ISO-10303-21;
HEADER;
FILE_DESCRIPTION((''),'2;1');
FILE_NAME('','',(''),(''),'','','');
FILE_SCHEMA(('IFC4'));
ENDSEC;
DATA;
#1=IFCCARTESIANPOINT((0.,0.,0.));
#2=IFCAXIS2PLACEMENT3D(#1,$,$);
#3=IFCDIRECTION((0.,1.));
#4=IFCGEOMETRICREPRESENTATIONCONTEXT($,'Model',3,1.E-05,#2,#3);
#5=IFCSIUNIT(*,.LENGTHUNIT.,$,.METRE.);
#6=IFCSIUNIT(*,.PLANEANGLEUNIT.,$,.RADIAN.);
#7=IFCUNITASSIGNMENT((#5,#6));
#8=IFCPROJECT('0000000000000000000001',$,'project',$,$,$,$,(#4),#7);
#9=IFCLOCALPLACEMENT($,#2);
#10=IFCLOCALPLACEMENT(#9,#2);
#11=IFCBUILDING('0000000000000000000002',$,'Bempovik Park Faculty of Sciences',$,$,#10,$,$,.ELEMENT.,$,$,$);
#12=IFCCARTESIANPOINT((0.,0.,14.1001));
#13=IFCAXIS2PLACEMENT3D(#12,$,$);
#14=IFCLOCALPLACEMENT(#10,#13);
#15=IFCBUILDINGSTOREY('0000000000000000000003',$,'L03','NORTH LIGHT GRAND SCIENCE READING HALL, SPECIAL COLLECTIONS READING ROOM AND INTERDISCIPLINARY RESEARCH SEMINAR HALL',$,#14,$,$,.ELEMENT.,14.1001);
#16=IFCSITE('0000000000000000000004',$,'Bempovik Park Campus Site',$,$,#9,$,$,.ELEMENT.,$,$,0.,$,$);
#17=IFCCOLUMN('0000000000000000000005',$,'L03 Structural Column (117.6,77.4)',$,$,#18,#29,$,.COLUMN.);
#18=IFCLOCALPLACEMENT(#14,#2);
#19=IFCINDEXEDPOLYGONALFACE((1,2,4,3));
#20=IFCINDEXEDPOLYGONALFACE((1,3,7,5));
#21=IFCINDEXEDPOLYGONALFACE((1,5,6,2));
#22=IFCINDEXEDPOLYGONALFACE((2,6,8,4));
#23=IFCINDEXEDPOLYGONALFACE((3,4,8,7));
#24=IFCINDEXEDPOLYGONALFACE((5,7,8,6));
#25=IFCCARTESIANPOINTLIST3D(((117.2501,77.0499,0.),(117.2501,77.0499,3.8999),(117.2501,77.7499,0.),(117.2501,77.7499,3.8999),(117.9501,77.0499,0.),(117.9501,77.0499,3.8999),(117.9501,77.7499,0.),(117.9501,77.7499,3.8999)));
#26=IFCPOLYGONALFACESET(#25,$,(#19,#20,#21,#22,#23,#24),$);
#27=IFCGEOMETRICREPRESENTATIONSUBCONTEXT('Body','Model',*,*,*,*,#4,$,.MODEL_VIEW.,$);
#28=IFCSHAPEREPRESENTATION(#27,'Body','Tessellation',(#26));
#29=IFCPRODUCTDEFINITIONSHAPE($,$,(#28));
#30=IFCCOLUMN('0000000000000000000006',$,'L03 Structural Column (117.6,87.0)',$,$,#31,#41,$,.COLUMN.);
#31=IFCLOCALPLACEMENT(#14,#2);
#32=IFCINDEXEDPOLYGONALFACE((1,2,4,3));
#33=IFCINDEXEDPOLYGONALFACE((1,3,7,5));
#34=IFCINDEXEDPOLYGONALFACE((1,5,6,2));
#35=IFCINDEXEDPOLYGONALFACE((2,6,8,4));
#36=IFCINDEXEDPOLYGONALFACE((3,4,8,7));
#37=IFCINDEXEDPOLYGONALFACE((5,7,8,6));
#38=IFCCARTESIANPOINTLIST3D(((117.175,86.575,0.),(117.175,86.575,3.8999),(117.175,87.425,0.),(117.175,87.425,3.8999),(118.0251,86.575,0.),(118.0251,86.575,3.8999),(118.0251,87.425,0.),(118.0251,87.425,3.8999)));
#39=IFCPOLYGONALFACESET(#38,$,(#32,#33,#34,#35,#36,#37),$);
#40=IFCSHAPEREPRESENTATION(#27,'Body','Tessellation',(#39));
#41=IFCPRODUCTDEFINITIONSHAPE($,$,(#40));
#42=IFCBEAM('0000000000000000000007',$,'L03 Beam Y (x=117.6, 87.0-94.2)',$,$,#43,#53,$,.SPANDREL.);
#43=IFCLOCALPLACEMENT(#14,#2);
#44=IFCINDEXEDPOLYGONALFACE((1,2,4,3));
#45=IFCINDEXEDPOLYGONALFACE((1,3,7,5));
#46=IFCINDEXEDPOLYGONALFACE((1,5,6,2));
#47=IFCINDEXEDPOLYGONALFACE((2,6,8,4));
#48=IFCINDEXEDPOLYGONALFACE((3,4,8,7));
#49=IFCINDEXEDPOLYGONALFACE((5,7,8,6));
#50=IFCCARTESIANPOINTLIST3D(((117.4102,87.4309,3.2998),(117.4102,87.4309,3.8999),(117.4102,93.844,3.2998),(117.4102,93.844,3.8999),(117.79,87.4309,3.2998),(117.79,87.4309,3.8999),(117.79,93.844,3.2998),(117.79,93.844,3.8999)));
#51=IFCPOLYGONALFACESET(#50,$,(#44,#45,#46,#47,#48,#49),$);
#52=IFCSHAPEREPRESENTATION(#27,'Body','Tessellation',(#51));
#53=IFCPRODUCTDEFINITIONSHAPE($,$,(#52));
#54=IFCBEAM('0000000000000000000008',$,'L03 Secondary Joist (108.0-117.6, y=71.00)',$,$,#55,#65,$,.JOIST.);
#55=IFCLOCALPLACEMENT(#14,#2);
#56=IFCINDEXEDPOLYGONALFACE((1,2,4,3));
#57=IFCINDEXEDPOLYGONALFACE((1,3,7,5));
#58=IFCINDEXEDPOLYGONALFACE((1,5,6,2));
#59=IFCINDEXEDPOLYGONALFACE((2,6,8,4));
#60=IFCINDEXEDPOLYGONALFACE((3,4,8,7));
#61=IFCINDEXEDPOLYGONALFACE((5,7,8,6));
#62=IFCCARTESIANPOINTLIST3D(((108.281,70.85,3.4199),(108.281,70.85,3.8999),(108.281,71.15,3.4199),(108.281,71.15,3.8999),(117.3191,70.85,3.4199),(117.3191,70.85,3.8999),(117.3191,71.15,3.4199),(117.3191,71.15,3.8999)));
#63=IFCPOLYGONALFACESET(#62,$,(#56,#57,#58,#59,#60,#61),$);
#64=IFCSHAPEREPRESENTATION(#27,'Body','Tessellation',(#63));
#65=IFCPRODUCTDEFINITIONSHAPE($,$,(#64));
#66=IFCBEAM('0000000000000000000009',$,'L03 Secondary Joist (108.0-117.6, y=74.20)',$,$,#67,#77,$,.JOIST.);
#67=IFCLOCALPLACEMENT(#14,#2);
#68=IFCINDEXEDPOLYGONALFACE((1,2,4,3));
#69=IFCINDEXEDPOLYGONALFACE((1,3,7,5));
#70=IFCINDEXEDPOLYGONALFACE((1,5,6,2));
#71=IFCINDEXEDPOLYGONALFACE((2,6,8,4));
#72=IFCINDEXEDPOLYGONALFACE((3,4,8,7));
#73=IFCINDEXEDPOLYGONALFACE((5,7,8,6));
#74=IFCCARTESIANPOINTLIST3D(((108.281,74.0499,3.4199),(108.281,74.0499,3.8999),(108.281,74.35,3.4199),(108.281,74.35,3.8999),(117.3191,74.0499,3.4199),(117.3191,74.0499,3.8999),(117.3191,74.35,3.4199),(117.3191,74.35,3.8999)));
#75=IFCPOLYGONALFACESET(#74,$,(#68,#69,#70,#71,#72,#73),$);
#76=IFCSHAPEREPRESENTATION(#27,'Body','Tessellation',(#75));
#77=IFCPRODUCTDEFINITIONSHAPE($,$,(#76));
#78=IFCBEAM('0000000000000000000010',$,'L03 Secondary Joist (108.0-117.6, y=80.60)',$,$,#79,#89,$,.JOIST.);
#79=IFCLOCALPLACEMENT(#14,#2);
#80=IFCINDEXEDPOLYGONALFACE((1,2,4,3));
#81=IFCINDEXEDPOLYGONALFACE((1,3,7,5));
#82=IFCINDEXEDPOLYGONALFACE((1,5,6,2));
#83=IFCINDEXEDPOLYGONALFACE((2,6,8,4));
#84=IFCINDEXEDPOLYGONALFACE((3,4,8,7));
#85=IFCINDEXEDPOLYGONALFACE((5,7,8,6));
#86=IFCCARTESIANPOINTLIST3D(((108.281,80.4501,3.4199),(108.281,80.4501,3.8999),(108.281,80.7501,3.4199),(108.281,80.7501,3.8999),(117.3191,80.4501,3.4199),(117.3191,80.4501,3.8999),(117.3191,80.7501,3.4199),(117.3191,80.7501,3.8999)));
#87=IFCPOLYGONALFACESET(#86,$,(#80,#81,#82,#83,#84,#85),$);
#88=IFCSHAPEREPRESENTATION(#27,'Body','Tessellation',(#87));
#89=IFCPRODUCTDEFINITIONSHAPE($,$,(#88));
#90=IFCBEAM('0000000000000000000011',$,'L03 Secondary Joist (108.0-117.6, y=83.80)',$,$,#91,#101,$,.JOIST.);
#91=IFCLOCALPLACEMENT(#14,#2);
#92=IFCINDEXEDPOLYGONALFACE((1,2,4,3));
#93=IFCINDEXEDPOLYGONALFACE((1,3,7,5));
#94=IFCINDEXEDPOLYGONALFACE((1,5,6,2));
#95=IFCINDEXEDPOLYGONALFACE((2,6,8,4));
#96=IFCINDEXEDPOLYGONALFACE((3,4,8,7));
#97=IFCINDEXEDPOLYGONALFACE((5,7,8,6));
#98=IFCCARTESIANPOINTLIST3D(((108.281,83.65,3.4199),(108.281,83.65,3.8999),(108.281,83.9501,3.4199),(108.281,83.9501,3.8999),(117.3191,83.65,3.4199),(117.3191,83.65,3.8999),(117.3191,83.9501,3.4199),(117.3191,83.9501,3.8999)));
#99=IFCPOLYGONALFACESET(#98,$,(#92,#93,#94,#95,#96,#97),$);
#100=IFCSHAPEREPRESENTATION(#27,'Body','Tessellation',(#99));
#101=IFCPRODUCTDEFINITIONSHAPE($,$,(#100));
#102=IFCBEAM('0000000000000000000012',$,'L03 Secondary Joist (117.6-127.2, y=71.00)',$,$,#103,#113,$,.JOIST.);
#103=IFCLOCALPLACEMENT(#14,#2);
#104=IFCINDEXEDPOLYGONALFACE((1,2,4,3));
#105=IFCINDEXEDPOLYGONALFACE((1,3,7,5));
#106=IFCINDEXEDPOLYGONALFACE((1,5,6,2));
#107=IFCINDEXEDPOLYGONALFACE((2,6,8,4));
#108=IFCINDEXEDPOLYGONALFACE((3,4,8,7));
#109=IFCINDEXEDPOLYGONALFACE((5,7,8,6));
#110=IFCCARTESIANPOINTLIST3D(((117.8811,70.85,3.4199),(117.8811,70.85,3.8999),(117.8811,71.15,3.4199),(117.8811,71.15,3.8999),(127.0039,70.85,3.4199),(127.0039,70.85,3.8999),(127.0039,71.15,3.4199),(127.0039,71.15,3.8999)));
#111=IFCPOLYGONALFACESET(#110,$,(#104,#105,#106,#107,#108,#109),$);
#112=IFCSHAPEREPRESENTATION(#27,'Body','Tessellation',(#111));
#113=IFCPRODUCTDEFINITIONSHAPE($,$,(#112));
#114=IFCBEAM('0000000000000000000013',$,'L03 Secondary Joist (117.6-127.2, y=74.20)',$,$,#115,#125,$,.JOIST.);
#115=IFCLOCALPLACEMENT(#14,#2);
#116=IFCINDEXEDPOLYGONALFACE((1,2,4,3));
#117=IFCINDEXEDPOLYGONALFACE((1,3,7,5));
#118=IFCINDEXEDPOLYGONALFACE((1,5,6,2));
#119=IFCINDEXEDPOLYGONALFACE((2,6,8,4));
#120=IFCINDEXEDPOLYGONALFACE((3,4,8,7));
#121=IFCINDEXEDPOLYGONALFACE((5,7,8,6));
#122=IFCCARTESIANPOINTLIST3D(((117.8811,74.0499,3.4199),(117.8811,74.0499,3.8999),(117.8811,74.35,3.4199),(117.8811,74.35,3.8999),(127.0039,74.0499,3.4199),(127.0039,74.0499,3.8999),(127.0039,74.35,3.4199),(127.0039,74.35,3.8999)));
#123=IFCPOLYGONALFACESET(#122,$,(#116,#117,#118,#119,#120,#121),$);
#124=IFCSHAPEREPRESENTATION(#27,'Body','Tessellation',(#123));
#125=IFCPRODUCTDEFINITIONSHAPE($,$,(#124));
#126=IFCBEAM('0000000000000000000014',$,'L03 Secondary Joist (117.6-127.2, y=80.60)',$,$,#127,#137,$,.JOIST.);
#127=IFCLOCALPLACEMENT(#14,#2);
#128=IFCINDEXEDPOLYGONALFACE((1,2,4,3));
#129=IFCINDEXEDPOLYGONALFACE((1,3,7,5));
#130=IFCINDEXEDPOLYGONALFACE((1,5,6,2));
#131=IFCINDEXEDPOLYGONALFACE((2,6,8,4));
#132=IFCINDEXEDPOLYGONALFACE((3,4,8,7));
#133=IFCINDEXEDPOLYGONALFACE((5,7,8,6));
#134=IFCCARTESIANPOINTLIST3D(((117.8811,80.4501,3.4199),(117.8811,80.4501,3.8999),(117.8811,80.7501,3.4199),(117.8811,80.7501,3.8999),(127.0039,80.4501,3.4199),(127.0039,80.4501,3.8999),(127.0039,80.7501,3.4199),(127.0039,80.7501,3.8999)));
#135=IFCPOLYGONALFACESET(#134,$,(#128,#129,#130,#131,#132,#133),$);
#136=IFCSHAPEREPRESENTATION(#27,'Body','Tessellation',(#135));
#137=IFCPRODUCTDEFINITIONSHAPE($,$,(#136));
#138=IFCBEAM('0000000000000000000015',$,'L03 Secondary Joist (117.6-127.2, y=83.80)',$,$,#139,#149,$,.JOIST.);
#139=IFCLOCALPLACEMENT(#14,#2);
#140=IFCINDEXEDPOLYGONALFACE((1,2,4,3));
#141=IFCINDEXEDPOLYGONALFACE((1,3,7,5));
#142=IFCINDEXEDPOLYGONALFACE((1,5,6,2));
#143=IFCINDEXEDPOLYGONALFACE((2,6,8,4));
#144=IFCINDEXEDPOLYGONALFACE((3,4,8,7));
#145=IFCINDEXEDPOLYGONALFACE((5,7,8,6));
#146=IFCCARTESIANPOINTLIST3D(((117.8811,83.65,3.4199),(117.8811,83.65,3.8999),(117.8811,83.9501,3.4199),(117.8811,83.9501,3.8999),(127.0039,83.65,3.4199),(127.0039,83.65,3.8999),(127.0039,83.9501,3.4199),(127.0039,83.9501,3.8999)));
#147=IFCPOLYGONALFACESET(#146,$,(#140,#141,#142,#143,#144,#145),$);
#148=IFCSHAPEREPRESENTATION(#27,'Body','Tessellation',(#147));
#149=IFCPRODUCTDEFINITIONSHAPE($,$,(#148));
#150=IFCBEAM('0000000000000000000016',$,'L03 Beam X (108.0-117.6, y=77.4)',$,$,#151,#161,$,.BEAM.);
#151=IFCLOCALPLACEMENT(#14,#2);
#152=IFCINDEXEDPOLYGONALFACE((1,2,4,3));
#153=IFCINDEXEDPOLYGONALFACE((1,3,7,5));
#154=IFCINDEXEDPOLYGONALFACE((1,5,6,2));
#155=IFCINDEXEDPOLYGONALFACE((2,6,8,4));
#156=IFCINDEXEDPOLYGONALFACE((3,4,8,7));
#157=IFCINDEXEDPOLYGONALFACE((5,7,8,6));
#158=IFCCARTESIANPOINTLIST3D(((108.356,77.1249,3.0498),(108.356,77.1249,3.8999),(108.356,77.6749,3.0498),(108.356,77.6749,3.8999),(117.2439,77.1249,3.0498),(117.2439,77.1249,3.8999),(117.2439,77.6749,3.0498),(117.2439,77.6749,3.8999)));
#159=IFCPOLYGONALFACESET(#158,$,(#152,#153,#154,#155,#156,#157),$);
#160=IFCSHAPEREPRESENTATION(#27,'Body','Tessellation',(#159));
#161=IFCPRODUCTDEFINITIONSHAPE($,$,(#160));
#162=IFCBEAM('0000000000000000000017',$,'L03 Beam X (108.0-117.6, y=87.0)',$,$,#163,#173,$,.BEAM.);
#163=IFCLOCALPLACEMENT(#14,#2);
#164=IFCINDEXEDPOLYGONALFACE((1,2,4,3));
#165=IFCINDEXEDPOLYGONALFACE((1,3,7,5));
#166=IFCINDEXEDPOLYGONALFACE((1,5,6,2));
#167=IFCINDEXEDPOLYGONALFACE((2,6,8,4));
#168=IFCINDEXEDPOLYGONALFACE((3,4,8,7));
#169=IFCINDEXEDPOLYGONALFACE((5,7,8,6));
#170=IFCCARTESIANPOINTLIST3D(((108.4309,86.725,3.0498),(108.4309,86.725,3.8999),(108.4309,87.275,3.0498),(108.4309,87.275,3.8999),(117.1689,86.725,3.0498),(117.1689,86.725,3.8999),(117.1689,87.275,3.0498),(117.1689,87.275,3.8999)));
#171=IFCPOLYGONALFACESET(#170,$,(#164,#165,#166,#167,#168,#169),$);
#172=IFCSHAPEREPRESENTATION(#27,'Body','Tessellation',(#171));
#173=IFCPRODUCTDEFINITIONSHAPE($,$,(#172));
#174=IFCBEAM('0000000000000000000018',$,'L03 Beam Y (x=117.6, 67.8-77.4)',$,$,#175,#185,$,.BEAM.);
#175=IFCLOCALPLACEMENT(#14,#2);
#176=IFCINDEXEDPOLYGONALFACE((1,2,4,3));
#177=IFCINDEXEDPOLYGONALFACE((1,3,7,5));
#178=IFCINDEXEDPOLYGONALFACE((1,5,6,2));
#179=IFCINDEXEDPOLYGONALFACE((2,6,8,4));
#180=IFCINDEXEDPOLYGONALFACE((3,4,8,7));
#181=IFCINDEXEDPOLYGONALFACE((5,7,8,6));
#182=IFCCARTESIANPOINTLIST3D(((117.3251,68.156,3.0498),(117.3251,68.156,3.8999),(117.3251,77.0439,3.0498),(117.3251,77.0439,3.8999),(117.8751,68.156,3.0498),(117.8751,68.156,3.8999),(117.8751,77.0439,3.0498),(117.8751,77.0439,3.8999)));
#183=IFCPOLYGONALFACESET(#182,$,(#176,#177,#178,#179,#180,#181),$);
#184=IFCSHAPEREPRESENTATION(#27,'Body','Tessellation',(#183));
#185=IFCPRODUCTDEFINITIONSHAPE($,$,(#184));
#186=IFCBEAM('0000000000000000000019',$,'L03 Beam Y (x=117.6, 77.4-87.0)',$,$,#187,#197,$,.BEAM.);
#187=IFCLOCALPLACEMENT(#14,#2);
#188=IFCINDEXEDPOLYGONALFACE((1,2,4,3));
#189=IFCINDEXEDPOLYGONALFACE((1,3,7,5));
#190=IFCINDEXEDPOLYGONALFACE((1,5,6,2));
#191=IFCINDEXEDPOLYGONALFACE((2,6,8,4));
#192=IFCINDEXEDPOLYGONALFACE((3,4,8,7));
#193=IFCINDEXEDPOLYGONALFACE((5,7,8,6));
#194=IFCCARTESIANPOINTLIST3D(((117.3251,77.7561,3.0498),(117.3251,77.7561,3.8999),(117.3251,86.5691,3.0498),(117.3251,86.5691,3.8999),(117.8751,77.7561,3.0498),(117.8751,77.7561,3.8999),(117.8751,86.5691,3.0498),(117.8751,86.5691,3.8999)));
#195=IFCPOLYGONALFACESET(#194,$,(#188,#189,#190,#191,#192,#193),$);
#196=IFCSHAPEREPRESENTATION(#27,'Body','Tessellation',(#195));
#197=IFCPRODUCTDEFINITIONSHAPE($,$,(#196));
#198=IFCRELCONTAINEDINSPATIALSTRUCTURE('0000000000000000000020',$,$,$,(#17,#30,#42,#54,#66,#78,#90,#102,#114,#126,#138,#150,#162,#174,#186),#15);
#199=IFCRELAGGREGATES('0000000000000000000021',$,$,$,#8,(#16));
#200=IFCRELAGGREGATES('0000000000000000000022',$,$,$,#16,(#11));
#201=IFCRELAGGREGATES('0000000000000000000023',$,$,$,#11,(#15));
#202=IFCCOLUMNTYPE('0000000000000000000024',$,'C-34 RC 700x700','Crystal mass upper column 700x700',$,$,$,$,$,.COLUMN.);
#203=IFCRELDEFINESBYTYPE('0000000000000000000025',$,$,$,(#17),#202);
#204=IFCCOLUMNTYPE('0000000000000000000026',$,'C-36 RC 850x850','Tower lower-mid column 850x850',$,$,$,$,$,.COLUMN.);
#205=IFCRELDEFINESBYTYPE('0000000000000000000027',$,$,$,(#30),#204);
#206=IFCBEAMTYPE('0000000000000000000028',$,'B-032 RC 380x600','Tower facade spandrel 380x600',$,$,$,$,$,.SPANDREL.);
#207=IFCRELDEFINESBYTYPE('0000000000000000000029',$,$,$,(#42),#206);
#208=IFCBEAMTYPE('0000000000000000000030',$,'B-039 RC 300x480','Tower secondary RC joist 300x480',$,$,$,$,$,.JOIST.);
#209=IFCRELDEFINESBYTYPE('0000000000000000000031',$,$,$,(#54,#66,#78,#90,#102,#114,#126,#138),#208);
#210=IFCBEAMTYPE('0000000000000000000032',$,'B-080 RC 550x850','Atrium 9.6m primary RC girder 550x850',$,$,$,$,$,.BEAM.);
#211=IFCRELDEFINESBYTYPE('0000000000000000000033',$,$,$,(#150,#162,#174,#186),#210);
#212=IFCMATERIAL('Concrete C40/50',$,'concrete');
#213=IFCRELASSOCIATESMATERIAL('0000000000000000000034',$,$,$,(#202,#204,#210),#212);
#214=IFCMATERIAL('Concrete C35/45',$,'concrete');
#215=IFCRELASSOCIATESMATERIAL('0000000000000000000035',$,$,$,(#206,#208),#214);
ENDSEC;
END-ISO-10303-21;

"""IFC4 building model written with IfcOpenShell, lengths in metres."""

from ifc_helpers import new_model, si_unit, direction, frame, origin, origin_2d, place, context, subcontext, project, spatial, rectangle, extrude, material, material_profile, profile_set, type_object, element, save


model = new_model("IFC4")

# Units and contexts
model_context = context("Model", 3, precision=1e-05, world=origin(), true_north=direction((0.0, 1.0)))
body_context = subcontext(model_context, "Body", "Model", "MODEL_VIEW")
ifc_project = project(units=[si_unit("LENGTHUNIT", "METRE"), si_unit("PLANEANGLEUNIT", "RADIAN")], contexts=[model_context])

# Site, building, storey
site_placement = place(None, origin())
site = spatial("IfcSite", under=ifc_project, at=site_placement, Name="Bempovik Park Campus Site", CompositionType="ELEMENT", RefElevation=0.0)
building_placement = place(site_placement, origin())
building = spatial("IfcBuilding", under=site, at=building_placement, Name="Bempovik Park Faculty of Sciences", CompositionType="ELEMENT")
storey_placement = place(building_placement, frame((0.0, 0.0, 14.1001)))
storey = spatial("IfcBuildingStorey", under=building, at=storey_placement, Name="L03", Description="NORTH LIGHT GRAND SCIENCE READING HALL, SPECIAL COLLECTIONS READING ROOM AND INTERDISCIPLINARY RESEARCH SEMINAR HALL", CompositionType="ELEMENT", Elevation=14.1001)

# Columns
ifc_material_1 = material(Name="Concrete C40/50", Category="concrete")
ifc_material_profile_1 = material_profile(ifc_material_1, rectangle(XDim=0.7, YDim=0.7, at=origin_2d()), Name="RC 700x700")
ifc_profile_set_1 = profile_set([ifc_material_profile_1], Name="Concrete C40/50")
column_type_1 = type_object("IfcColumnType", Name="C-34 RC 700x700", Description="Crystal mass upper column 700x700", PredefinedType="COLUMN", material=ifc_profile_set_1)
column_1_placement = place(storey_placement, frame((117.6001, 77.3999, 0.0), z_axis=(0.0, 0.0, 1.0), x_axis=(1.0, 0.0, 0.0)))
element("IfcColumn", 1, at=column_1_placement, inside=storey, type_object=column_type_1, Name="L03 Structural Column (117.6,77.4)", PredefinedType="COLUMN", context=body_context, shape_type="SweptSolid", body=[
    extrude(rectangle(XDim=0.7, YDim=0.7, at=origin_2d()), origin(), (0.0, 0.0, 1.0), 3.8999),
])
ifc_material_profile_2 = material_profile(ifc_material_1, rectangle(XDim=0.8501, YDim=0.8501, at=origin_2d()), Name="RC 850x850")
ifc_profile_set_2 = profile_set([ifc_material_profile_2], Name="Concrete C40/50")
column_type_2 = type_object("IfcColumnType", Name="C-36 RC 850x850", Description="Tower lower-mid column 850x850", PredefinedType="COLUMN", material=ifc_profile_set_2)
column_2_placement = place(storey_placement, frame((117.6001, 87.0, 0.0), z_axis=(0.0, 0.0, 1.0), x_axis=(1.0, 0.0, 0.0)))
element("IfcColumn", 2, at=column_2_placement, inside=storey, type_object=column_type_2, Name="L03 Structural Column (117.6,87.0)", PredefinedType="COLUMN", context=body_context, shape_type="SweptSolid", body=[
    extrude(rectangle(XDim=0.8501, YDim=0.8501, at=origin_2d()), origin(), (0.0, 0.0, 1.0), 3.8999),
])

# Beams
ifc_material_2 = material(Name="Concrete C35/45", Category="concrete")
ifc_material_profile_3 = material_profile(ifc_material_2, rectangle(XDim=0.3799, YDim=0.6001, at=origin_2d()), Name="RC 380x600")
ifc_profile_set_3 = profile_set([ifc_material_profile_3], Name="Concrete C35/45")
beam_type_1 = type_object("IfcBeamType", Name="B-032 RC 380x600", Description="Tower facade spandrel 380x600", PredefinedType="SPANDREL", material=ifc_profile_set_3)
beam_1_placement = place(storey_placement, frame((117.6001, 87.4309, 3.5999), z_axis=(0.0, 1.0, 0.0), x_axis=(-1.0, 0.0, 0.0)))
element("IfcBeam", 3, at=beam_1_placement, inside=storey, type_object=beam_type_1, Name="L03 Beam Y (x=117.6, 87.0-94.2)", PredefinedType="SPANDREL", context=body_context, shape_type="SweptSolid", body=[
    extrude(rectangle(XDim=0.3799, YDim=0.6001, at=origin_2d()), origin(), (0.0, 0.0, 1.0), 6.4131),
])
ifc_material_profile_4 = material_profile(ifc_material_2, rectangle(XDim=0.3, YDim=0.48, at=origin_2d()), Name="RC 300x480")
ifc_profile_set_4 = profile_set([ifc_material_profile_4], Name="Concrete C35/45")
beam_type_2 = type_object("IfcBeamType", Name="B-039 RC 300x480", Description="Tower secondary RC joist 300x480", PredefinedType="JOIST", material=ifc_profile_set_4)
for number, where, z_axis, x_axis, name in (
    (4, (108.281, 71.0, 3.6599), (1.0, 0.0, 0.0), (0.0, 1.0, 0.0), "L03 Secondary Joist (108.0-117.6, y=71.00)"),
    (5, (108.281, 74.2, 3.6599), (1.0, 0.0, 0.0), (0.0, 1.0, 0.0), "L03 Secondary Joist (108.0-117.6, y=74.20)"),
    (6, (108.281, 80.6001, 3.6599), (1.0, 0.0, 0.0), (0.0, 1.0, 0.0), "L03 Secondary Joist (108.0-117.6, y=80.60)"),
    (7, (108.281, 83.8, 3.6599), (1.0, 0.0, 0.0), (0.0, 1.0, 0.0), "L03 Secondary Joist (108.0-117.6, y=83.80)"),
):
    element("IfcBeam", number, at=place(storey_placement, frame(where, z_axis=z_axis, x_axis=x_axis)), inside=storey, type_object=beam_type_2, Name=name, PredefinedType="JOIST", context=body_context, shape_type="SweptSolid", body=[
        extrude(rectangle(XDim=0.3, YDim=0.48, at=origin_2d()), origin(), (0.0, 0.0, 1.0), 9.0381),
    ])
for number, where, z_axis, x_axis, name in (
    (8, (117.8811, 71.0, 3.6599), (1.0, 0.0, 0.0), (0.0, 1.0, 0.0), "L03 Secondary Joist (117.6-127.2, y=71.00)"),
    (9, (117.8811, 74.2, 3.6599), (1.0, 0.0, 0.0), (0.0, 1.0, 0.0), "L03 Secondary Joist (117.6-127.2, y=74.20)"),
    (10, (117.8811, 80.6001, 3.6599), (1.0, 0.0, 0.0), (0.0, 1.0, 0.0), "L03 Secondary Joist (117.6-127.2, y=80.60)"),
    (11, (117.8811, 83.8, 3.6599), (1.0, 0.0, 0.0), (0.0, 1.0, 0.0), "L03 Secondary Joist (117.6-127.2, y=83.80)"),
):
    element("IfcBeam", number, at=place(storey_placement, frame(where, z_axis=z_axis, x_axis=x_axis)), inside=storey, type_object=beam_type_2, Name=name, PredefinedType="JOIST", context=body_context, shape_type="SweptSolid", body=[
        extrude(rectangle(XDim=0.3, YDim=0.48, at=origin_2d()), origin(), (0.0, 0.0, 1.0), 9.1228),
    ])
ifc_material_profile_5 = material_profile(ifc_material_1, rectangle(XDim=0.55, YDim=0.8501, at=origin_2d()), Name="RC 550x850")
ifc_profile_set_5 = profile_set([ifc_material_profile_5], Name="Concrete C40/50")
beam_type_3 = type_object("IfcBeamType", Name="B-080 RC 550x850", Description="Atrium 9.6m primary RC girder 550x850", PredefinedType="BEAM", material=ifc_profile_set_5)
beam_2_placement = place(storey_placement, frame((108.356, 77.3999, 3.4749), z_axis=(1.0, 0.0, 0.0), x_axis=(0.0, 1.0, 0.0)))
element("IfcBeam", 12, at=beam_2_placement, inside=storey, type_object=beam_type_3, Name="L03 Beam X (108.0-117.6, y=77.4)", PredefinedType="BEAM", context=body_context, shape_type="SweptSolid", body=[
    extrude(rectangle(XDim=0.55, YDim=0.8501, at=origin_2d()), origin(), (0.0, 0.0, 1.0), 8.8879),
])
beam_3_placement = place(storey_placement, frame((108.4309, 87.0, 3.4749), z_axis=(1.0, 0.0, 0.0), x_axis=(0.0, 1.0, 0.0)))
element("IfcBeam", 13, at=beam_3_placement, inside=storey, type_object=beam_type_3, Name="L03 Beam X (108.0-117.6, y=87.0)", PredefinedType="BEAM", context=body_context, shape_type="SweptSolid", body=[
    extrude(rectangle(XDim=0.55, YDim=0.8501, at=origin_2d()), origin(), (0.0, 0.0, 1.0), 8.738),
])
beam_4_placement = place(storey_placement, frame((117.6001, 68.156, 3.4749), z_axis=(0.0, 1.0, 0.0), x_axis=(-1.0, 0.0, 0.0)))
element("IfcBeam", 14, at=beam_4_placement, inside=storey, type_object=beam_type_3, Name="L03 Beam Y (x=117.6, 67.8-77.4)", PredefinedType="BEAM", context=body_context, shape_type="SweptSolid", body=[
    extrude(rectangle(XDim=0.55, YDim=0.8501, at=origin_2d()), origin(), (0.0, 0.0, 1.0), 8.8879),
])
beam_5_placement = place(storey_placement, frame((117.6001, 77.7561, 3.4749), z_axis=(0.0, 1.0, 0.0), x_axis=(-1.0, 0.0, 0.0)))
element("IfcBeam", 15, at=beam_5_placement, inside=storey, type_object=beam_type_3, Name="L03 Beam Y (x=117.6, 77.4-87.0)", PredefinedType="BEAM", context=body_context, shape_type="SweptSolid", body=[
    extrude(rectangle(XDim=0.55, YDim=0.8501, at=origin_2d()), origin(), (0.0, 0.0, 1.0), 8.813),
])

save(model, "model.ifc")
